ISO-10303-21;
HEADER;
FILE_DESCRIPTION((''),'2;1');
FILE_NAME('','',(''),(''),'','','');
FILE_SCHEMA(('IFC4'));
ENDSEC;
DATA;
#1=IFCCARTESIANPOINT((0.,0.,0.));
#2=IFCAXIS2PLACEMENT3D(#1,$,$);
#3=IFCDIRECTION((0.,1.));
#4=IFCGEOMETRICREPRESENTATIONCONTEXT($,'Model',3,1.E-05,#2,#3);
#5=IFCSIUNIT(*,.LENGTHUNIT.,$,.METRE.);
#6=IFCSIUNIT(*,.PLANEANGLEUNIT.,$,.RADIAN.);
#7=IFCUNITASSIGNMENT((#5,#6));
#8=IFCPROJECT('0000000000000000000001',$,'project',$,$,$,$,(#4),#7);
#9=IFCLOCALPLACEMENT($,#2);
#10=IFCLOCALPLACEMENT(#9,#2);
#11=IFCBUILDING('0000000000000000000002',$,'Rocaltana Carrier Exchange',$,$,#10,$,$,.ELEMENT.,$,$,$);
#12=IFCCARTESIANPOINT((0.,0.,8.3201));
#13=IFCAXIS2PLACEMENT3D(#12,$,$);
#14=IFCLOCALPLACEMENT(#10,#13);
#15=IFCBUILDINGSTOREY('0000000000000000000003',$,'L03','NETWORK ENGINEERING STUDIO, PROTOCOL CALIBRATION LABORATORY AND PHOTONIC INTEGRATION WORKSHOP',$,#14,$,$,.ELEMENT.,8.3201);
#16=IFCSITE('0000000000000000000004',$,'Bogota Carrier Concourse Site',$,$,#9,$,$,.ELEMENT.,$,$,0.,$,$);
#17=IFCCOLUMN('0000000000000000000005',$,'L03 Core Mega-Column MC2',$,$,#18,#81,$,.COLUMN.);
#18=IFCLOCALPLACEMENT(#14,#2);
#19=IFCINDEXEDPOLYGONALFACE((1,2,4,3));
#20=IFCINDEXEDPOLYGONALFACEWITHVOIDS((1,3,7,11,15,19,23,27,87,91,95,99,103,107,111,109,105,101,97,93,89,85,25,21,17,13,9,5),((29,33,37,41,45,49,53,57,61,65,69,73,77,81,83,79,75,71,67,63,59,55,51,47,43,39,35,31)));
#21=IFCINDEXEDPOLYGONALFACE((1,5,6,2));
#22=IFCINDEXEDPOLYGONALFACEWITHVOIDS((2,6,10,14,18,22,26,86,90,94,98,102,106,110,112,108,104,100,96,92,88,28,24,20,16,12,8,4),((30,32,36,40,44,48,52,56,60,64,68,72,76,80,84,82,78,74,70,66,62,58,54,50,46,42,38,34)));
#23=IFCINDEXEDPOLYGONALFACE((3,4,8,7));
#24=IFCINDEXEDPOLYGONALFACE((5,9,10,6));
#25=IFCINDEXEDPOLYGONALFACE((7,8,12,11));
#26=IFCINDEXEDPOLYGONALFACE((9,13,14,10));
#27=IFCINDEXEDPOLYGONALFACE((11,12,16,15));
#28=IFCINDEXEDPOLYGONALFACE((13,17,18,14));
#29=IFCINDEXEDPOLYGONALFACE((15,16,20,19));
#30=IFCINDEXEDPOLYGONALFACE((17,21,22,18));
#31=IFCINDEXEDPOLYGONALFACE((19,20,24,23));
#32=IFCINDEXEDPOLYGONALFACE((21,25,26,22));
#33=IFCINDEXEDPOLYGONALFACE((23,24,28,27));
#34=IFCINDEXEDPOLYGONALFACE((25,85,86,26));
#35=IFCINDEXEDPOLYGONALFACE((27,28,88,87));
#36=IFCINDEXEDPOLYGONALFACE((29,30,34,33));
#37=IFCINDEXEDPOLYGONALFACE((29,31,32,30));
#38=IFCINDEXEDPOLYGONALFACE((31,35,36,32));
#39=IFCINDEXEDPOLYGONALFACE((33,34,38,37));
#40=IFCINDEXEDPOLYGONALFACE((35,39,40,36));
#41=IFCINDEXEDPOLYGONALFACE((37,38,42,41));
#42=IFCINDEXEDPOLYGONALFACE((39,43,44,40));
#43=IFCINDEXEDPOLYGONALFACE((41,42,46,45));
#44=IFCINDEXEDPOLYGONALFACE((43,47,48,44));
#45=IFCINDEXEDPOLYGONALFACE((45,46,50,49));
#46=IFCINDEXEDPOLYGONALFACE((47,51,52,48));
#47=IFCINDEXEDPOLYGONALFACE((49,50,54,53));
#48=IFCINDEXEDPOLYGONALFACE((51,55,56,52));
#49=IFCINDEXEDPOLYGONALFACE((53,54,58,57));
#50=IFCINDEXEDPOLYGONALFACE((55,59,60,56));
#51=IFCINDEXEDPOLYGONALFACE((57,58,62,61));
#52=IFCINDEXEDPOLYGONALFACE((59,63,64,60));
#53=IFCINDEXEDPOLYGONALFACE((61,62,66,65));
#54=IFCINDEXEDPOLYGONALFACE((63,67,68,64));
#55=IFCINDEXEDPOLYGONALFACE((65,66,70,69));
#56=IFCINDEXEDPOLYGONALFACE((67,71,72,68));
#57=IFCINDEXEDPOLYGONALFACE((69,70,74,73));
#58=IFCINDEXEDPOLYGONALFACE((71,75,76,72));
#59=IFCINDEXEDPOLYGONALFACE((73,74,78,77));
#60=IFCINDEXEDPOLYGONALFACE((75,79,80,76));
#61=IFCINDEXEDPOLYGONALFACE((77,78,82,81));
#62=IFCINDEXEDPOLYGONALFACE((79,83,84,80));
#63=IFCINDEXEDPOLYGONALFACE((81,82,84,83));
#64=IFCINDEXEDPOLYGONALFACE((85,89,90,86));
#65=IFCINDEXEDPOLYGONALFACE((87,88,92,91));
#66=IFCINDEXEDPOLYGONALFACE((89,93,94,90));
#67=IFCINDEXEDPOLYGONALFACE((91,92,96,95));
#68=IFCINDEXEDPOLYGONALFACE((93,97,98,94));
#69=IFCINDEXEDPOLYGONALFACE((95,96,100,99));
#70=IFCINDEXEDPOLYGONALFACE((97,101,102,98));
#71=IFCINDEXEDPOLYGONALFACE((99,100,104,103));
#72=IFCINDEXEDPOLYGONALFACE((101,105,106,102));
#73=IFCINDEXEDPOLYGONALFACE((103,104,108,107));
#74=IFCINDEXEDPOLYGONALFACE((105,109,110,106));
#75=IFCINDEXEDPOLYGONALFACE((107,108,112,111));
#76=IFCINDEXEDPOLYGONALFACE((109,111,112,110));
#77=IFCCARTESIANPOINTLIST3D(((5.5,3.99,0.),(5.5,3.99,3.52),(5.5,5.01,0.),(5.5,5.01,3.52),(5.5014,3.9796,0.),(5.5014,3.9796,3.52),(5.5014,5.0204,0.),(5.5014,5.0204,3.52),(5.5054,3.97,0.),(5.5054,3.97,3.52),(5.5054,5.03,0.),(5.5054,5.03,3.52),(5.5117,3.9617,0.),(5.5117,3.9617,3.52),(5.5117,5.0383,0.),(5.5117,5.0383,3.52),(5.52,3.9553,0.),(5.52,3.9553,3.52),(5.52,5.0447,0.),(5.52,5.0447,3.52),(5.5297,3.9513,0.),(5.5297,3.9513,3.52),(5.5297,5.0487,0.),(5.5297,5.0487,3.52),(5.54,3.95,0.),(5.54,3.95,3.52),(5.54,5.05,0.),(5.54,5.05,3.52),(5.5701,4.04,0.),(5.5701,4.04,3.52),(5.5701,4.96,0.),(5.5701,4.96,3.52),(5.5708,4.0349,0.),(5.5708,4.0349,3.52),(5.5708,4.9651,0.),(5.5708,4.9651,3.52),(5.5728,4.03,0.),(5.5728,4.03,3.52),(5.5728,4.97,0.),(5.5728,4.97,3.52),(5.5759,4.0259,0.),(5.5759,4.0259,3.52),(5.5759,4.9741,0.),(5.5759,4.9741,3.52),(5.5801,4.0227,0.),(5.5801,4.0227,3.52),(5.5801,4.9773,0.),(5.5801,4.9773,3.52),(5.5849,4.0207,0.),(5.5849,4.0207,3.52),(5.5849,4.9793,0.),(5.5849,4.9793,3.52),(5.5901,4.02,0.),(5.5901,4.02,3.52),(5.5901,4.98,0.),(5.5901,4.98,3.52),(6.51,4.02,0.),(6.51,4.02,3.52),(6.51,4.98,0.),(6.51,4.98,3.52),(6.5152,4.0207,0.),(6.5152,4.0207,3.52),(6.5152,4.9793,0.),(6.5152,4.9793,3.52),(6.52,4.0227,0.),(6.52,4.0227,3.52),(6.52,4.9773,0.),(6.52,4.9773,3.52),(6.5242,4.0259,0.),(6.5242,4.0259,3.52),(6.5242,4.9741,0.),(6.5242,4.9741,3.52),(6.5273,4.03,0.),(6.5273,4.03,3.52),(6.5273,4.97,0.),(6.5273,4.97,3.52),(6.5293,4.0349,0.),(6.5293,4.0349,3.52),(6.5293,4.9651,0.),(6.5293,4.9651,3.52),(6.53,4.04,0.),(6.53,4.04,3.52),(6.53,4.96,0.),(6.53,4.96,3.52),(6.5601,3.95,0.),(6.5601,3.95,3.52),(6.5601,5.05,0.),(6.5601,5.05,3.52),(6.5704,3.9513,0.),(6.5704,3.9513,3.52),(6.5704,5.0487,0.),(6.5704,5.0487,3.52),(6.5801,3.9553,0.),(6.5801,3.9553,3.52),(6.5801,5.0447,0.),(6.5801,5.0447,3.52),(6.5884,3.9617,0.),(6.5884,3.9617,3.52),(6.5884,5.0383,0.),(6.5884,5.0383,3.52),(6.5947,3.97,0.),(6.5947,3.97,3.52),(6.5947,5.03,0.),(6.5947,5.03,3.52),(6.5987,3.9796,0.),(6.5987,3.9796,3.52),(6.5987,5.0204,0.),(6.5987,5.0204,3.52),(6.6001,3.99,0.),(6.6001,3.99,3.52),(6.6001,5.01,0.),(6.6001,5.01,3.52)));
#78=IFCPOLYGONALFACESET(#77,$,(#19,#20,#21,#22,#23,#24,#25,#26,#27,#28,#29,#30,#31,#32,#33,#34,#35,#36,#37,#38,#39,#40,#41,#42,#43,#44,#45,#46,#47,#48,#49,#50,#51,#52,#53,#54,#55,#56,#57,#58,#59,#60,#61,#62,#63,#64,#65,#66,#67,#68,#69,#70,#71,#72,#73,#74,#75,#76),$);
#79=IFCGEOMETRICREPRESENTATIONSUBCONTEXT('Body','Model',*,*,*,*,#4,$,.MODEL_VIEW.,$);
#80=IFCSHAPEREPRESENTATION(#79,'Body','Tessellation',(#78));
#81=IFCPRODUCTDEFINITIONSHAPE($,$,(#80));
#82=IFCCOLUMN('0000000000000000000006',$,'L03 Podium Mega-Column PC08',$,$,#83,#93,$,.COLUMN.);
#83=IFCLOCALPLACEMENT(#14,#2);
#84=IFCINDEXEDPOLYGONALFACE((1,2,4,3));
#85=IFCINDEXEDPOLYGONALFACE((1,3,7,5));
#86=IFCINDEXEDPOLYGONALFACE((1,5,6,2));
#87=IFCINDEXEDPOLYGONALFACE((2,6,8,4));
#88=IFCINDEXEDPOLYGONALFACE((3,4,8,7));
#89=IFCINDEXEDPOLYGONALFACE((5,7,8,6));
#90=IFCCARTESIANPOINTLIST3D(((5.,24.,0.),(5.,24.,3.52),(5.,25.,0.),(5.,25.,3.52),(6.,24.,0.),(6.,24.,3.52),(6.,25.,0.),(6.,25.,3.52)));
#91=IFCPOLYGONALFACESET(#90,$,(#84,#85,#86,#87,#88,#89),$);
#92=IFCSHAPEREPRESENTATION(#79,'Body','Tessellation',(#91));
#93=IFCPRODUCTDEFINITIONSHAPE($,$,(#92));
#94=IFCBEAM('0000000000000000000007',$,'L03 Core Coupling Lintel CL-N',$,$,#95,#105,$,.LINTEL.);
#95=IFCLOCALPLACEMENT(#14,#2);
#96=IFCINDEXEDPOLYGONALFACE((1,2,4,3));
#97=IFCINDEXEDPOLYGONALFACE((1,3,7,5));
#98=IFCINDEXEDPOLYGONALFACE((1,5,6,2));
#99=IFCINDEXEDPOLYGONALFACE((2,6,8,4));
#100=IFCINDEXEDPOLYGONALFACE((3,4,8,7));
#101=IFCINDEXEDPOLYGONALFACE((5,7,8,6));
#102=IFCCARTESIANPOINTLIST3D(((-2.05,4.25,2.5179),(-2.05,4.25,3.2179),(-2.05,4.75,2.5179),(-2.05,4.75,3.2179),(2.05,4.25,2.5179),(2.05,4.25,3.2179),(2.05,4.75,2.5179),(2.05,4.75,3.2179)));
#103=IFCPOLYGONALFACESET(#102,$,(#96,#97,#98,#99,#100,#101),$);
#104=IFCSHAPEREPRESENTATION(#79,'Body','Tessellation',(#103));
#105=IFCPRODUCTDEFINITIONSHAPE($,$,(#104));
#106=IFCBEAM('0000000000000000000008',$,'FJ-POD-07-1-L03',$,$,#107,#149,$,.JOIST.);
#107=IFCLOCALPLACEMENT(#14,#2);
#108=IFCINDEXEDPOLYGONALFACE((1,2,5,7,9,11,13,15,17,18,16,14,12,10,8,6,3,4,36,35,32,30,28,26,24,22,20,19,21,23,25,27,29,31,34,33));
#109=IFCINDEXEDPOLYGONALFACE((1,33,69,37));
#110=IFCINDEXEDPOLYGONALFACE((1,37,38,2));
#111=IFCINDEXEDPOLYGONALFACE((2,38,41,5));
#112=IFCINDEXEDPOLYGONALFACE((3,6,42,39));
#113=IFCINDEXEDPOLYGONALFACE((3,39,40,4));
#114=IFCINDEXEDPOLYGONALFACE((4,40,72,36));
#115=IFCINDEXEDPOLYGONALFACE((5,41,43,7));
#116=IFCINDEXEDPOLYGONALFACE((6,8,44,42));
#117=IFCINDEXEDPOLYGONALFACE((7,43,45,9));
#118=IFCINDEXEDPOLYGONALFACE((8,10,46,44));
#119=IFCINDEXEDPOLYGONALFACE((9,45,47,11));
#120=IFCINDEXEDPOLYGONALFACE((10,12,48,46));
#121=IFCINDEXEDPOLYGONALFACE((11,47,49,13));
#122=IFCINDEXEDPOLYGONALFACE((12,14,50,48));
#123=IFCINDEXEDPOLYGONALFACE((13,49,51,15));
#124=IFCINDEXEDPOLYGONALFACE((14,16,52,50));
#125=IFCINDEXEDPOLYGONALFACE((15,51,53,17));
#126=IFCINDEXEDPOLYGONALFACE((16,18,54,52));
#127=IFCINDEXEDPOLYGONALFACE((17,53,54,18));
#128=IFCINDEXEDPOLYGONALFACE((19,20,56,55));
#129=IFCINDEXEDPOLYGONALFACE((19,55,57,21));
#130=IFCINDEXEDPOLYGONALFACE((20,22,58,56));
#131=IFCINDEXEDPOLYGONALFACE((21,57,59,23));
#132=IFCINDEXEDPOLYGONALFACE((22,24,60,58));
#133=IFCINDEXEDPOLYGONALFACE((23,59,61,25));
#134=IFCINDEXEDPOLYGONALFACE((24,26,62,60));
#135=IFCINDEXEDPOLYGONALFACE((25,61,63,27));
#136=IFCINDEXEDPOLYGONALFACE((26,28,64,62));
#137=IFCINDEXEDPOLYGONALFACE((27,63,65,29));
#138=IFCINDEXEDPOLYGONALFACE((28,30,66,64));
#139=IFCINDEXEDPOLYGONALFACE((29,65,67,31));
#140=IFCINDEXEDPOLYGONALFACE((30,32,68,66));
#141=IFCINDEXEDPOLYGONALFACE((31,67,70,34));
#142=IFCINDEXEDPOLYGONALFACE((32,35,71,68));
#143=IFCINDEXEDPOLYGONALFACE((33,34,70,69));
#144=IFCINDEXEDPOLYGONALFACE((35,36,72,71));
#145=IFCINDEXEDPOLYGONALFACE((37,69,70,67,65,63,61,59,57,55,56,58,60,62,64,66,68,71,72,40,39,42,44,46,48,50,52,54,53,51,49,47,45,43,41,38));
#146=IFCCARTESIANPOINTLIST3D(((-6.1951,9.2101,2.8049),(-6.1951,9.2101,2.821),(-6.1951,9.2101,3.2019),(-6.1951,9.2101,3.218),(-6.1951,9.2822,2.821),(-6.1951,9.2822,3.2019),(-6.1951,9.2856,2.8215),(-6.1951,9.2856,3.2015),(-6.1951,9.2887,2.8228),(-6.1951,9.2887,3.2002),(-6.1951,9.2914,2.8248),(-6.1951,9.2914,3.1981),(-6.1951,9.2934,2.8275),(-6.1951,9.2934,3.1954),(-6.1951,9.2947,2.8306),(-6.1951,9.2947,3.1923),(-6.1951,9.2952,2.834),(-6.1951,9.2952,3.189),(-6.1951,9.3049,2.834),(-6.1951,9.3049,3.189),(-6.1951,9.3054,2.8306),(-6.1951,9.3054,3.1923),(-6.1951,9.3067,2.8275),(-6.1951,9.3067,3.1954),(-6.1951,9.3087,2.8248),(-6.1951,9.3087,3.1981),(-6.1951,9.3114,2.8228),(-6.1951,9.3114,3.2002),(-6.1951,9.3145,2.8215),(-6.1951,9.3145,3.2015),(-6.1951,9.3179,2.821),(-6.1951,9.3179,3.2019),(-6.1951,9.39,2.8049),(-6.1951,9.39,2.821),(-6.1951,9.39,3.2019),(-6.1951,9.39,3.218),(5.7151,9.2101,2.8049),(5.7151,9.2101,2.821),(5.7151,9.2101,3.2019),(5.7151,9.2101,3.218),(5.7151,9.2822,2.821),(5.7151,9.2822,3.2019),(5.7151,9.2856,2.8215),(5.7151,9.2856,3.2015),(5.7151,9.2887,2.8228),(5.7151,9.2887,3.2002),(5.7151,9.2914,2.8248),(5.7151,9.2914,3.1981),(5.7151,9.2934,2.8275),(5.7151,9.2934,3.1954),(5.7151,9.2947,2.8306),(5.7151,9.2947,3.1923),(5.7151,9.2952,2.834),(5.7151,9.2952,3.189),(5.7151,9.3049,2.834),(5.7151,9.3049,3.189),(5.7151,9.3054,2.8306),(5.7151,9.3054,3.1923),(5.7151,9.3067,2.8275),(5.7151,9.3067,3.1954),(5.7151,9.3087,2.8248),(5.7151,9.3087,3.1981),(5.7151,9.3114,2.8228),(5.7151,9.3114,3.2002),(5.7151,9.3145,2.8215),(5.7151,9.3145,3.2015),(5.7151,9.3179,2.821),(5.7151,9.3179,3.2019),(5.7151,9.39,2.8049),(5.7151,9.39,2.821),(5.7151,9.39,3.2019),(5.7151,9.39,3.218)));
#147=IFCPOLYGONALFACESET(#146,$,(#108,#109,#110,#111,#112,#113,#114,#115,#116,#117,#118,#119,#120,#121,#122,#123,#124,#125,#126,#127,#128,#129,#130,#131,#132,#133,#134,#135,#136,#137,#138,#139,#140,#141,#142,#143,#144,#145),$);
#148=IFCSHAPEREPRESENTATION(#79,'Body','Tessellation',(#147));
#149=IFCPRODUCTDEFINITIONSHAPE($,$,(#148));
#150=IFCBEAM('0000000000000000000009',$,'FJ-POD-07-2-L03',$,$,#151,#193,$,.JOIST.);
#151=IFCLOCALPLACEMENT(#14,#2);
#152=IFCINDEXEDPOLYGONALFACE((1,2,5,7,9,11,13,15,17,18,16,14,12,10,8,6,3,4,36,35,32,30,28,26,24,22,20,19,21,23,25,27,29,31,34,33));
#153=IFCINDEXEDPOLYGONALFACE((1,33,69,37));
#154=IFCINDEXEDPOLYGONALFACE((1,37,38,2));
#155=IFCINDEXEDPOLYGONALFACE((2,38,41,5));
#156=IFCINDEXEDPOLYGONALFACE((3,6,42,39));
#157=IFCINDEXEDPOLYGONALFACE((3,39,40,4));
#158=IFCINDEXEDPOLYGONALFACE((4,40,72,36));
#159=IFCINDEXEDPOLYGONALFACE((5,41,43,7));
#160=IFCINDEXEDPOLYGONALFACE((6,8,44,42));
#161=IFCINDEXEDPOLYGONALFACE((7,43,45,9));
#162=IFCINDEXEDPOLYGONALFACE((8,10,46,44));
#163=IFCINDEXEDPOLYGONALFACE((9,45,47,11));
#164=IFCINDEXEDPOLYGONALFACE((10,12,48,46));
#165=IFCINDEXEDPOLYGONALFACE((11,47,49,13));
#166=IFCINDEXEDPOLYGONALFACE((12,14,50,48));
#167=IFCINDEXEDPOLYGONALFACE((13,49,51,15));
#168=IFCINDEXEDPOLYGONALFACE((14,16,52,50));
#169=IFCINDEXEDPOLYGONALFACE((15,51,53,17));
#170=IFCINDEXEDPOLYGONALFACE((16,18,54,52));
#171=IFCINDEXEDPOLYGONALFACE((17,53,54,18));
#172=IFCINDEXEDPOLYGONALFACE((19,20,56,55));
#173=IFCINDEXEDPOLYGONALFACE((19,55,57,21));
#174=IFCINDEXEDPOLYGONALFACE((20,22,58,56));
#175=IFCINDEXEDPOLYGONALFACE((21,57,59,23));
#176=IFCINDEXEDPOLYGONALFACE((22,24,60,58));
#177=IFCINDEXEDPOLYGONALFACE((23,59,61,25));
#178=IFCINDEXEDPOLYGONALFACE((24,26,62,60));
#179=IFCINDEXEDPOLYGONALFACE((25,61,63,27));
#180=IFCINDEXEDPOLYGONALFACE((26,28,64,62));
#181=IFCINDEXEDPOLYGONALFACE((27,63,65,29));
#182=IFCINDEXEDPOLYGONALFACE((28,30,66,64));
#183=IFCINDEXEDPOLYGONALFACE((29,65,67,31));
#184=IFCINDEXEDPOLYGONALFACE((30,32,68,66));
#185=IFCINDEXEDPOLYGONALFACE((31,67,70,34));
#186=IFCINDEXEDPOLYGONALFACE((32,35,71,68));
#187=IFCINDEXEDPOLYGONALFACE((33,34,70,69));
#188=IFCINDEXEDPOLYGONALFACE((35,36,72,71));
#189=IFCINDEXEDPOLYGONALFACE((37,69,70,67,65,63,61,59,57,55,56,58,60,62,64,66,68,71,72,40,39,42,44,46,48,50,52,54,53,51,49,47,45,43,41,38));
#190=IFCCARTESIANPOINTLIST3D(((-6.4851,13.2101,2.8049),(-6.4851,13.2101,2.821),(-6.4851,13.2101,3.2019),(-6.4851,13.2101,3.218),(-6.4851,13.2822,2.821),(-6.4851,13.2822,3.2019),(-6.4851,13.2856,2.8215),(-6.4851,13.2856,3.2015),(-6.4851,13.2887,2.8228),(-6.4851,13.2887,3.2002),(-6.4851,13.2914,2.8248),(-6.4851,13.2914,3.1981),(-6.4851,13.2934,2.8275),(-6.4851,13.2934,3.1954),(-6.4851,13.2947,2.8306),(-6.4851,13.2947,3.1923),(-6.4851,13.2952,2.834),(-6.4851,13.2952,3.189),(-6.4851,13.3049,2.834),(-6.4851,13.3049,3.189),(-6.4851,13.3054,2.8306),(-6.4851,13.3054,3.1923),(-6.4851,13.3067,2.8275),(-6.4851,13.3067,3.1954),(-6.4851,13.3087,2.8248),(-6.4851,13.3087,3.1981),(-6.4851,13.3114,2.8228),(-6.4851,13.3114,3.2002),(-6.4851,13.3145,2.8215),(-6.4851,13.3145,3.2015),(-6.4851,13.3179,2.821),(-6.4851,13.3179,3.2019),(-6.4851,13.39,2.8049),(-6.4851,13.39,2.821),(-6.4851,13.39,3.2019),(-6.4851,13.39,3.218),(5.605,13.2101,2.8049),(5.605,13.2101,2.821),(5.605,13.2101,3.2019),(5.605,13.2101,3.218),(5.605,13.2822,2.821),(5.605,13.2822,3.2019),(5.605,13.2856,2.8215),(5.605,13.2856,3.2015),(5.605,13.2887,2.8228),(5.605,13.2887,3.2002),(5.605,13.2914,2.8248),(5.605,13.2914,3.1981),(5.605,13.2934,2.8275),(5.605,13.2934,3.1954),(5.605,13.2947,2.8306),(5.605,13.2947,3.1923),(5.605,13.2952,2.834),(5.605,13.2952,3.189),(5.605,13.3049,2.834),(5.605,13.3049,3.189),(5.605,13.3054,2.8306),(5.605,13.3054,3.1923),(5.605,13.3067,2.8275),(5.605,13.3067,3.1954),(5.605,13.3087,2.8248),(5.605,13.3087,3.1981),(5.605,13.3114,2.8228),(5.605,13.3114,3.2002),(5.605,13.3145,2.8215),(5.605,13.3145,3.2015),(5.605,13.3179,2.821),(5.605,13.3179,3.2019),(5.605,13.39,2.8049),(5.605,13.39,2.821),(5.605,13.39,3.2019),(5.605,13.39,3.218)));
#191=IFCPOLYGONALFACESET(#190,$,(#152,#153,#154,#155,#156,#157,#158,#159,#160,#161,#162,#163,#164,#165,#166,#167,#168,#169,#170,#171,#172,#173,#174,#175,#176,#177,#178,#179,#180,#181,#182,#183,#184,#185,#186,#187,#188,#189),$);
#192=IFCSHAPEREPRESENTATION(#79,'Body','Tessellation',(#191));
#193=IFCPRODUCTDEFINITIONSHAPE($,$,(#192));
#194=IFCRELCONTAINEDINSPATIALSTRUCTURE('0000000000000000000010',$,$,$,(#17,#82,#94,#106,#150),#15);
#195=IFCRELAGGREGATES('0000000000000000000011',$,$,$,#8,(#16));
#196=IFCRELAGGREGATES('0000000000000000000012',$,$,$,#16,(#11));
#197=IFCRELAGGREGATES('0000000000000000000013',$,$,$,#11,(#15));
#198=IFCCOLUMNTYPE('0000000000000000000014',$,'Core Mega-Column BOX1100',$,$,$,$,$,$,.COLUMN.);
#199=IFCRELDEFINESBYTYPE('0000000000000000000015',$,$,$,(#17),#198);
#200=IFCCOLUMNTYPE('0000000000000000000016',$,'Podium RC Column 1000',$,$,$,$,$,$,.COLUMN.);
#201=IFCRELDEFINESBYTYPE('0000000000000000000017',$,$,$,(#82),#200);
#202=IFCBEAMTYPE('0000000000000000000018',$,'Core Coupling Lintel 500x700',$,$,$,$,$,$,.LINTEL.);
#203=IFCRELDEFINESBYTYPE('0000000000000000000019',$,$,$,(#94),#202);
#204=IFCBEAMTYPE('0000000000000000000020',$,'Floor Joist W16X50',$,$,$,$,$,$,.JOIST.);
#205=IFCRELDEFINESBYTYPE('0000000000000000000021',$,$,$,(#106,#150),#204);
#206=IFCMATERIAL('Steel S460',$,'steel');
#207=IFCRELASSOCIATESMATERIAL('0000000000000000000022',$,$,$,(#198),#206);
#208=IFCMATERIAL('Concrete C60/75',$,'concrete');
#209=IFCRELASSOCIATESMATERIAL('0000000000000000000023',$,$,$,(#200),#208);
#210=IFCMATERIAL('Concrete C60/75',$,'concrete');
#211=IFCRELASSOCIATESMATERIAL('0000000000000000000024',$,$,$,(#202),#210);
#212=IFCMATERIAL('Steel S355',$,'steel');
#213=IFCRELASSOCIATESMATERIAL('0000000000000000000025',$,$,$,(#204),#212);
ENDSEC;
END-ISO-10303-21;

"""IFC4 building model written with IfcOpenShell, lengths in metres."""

from ifc_helpers import new_model, si_unit, direction, frame, origin, origin_2d, place, context, subcontext, project, spatial, rectangle, hollow_rectangle, i_section, extrude, material, material_profile, profile_set, type_object, element, save


model = new_model("IFC4")

# Units and contexts
model_context = context("Model", 3, precision=1e-05, world=origin(), true_north=direction((0.0, 1.0)))
body_context = subcontext(model_context, "Body", "Model", "MODEL_VIEW")
ifc_project = project(units=[si_unit("LENGTHUNIT", "METRE"), si_unit("PLANEANGLEUNIT", "RADIAN")], contexts=[model_context])

# Site, building, storey
site_placement = place(None, origin())
site = spatial("IfcSite", under=ifc_project, at=site_placement, Name="Bogota Carrier Concourse Site", CompositionType="ELEMENT", RefElevation=0.0)
building_placement = place(site_placement, origin())
building = spatial("IfcBuilding", under=site, at=building_placement, Name="Rocaltana Carrier Exchange", CompositionType="ELEMENT")
storey_placement = place(building_placement, frame((0.0, 0.0, 8.3201)))
storey = spatial("IfcBuildingStorey", under=building, at=storey_placement, Name="L03", Description="NETWORK ENGINEERING STUDIO, PROTOCOL CALIBRATION LABORATORY AND PHOTONIC INTEGRATION WORKSHOP", CompositionType="ELEMENT", Elevation=8.3201)

# Columns
ifc_material_1 = material(Name="Steel S460", Category="steel")
ifc_material_profile_1 = material_profile(ifc_material_1, hollow_rectangle(XDim=1.1001, YDim=1.1001, WallThickness=0.0701, InnerFilletRadius=0.02, OuterFilletRadius=0.04, at=origin_2d()), Name="BOX1100X1100X70")
ifc_profile_set_1 = profile_set([ifc_material_profile_1], Name="Steel S460")
column_type_1 = type_object("IfcColumnType", Name="Core Mega-Column BOX1100", PredefinedType="COLUMN", material=ifc_profile_set_1)
column_1_placement = place(storey_placement, frame((6.05, 4.5, 0.0), z_axis=(0.0, 0.0, 1.0), x_axis=(1.0, 0.0, 0.0)))
element("IfcColumn", 1, at=column_1_placement, inside=storey, type_object=column_type_1, Name="L03 Core Mega-Column MC2", PredefinedType="COLUMN", context=body_context, shape_type="SweptSolid", body=[
    extrude(hollow_rectangle(XDim=1.1001, YDim=1.1001, WallThickness=0.0701, InnerFilletRadius=0.02, OuterFilletRadius=0.04, at=origin_2d()), origin(), (0.0, 0.0, 1.0), 3.52),
])
ifc_material_2 = material(Name="Concrete C60/75", Category="concrete")
ifc_material_profile_2 = material_profile(ifc_material_2, rectangle(XDim=1.0, YDim=1.0, at=origin_2d()), Name="RC-COL-1000X1000")
ifc_profile_set_2 = profile_set([ifc_material_profile_2], Name="Concrete C60/75")
column_type_2 = type_object("IfcColumnType", Name="Podium RC Column 1000", PredefinedType="COLUMN", material=ifc_profile_set_2)
column_2_placement = place(storey_placement, frame((5.5, 24.5, 0.0), z_axis=(0.0, 0.0, 1.0), x_axis=(1.0, 0.0, 0.0)))
element("IfcColumn", 2, at=column_2_placement, inside=storey, type_object=column_type_2, Name="L03 Podium Mega-Column PC08", PredefinedType="COLUMN", context=body_context, shape_type="SweptSolid", body=[
    extrude(rectangle(XDim=1.0, YDim=1.0, at=origin_2d()), origin(), (0.0, 0.0, 1.0), 3.52),
])

# Beams
ifc_material_3 = material(Name="Concrete C60/75", Category="concrete")
ifc_material_profile_3 = material_profile(ifc_material_3, rectangle(XDim=0.5, YDim=0.7, at=origin_2d()), Name="RC-BM-500X700")
ifc_profile_set_3 = profile_set([ifc_material_profile_3], Name="Concrete C60/75")
beam_type_1 = type_object("IfcBeamType", Name="Core Coupling Lintel 500x700", PredefinedType="LINTEL", material=ifc_profile_set_3)
beam_1_placement = place(storey_placement, frame((-2.05, 4.5, 2.8679), z_axis=(1.0, 0.0, 0.0), x_axis=(0.0, 1.0, 0.0)))
element("IfcBeam", 3, at=beam_1_placement, inside=storey, type_object=beam_type_1, Name="L03 Core Coupling Lintel CL-N", PredefinedType="LINTEL", context=body_context, shape_type="SweptSolid", body=[
    extrude(rectangle(XDim=0.5, YDim=0.7, at=origin_2d()), origin(), (0.0, 0.0, 1.0), 4.1001),
])
ifc_material_4 = material(Name="Steel S355", Category="steel")
ifc_material_profile_4 = material_profile(ifc_material_4, i_section(OverallWidth=0.1799, OverallDepth=0.4131, WebThickness=0.0098, FlangeThickness=0.0161, FilletRadius=0.0129, at=origin_2d()), Name="W16X50")
ifc_profile_set_4 = profile_set([ifc_material_profile_4], Name="Steel S355")
beam_type_2 = type_object("IfcBeamType", Name="Floor Joist W16X50", PredefinedType="JOIST", material=ifc_profile_set_4)
beam_2_placement = place(storey_placement, frame((5.7151, 9.3, 3.0115), z_axis=(-1.0, 0.0, 0.0), x_axis=(0.0, -1.0, 0.0)))
element("IfcBeam", 4, at=beam_2_placement, inside=storey, type_object=beam_type_2, Name="FJ-POD-07-1-L03", PredefinedType="JOIST", context=body_context, shape_type="SweptSolid", body=[
    extrude(i_section(OverallWidth=0.1799, OverallDepth=0.4131, WebThickness=0.0098, FlangeThickness=0.0161, FilletRadius=0.0129, at=origin_2d()), origin(), (0.0, 0.0, 1.0), 11.9102),
])
beam_3_placement = place(storey_placement, frame((5.605, 13.3, 3.0115), z_axis=(-1.0, 0.0, 0.0), x_axis=(0.0, -1.0, 0.0)))
element("IfcBeam", 5, at=beam_3_placement, inside=storey, type_object=beam_type_2, Name="FJ-POD-07-2-L03", PredefinedType="JOIST", context=body_context, shape_type="SweptSolid", body=[
    extrude(i_section(OverallWidth=0.1799, OverallDepth=0.4131, WebThickness=0.0098, FlangeThickness=0.0161, FilletRadius=0.0129, at=origin_2d()), origin(), (0.0, 0.0, 1.0), 12.0901),
])

save(model, "model.ifc")
